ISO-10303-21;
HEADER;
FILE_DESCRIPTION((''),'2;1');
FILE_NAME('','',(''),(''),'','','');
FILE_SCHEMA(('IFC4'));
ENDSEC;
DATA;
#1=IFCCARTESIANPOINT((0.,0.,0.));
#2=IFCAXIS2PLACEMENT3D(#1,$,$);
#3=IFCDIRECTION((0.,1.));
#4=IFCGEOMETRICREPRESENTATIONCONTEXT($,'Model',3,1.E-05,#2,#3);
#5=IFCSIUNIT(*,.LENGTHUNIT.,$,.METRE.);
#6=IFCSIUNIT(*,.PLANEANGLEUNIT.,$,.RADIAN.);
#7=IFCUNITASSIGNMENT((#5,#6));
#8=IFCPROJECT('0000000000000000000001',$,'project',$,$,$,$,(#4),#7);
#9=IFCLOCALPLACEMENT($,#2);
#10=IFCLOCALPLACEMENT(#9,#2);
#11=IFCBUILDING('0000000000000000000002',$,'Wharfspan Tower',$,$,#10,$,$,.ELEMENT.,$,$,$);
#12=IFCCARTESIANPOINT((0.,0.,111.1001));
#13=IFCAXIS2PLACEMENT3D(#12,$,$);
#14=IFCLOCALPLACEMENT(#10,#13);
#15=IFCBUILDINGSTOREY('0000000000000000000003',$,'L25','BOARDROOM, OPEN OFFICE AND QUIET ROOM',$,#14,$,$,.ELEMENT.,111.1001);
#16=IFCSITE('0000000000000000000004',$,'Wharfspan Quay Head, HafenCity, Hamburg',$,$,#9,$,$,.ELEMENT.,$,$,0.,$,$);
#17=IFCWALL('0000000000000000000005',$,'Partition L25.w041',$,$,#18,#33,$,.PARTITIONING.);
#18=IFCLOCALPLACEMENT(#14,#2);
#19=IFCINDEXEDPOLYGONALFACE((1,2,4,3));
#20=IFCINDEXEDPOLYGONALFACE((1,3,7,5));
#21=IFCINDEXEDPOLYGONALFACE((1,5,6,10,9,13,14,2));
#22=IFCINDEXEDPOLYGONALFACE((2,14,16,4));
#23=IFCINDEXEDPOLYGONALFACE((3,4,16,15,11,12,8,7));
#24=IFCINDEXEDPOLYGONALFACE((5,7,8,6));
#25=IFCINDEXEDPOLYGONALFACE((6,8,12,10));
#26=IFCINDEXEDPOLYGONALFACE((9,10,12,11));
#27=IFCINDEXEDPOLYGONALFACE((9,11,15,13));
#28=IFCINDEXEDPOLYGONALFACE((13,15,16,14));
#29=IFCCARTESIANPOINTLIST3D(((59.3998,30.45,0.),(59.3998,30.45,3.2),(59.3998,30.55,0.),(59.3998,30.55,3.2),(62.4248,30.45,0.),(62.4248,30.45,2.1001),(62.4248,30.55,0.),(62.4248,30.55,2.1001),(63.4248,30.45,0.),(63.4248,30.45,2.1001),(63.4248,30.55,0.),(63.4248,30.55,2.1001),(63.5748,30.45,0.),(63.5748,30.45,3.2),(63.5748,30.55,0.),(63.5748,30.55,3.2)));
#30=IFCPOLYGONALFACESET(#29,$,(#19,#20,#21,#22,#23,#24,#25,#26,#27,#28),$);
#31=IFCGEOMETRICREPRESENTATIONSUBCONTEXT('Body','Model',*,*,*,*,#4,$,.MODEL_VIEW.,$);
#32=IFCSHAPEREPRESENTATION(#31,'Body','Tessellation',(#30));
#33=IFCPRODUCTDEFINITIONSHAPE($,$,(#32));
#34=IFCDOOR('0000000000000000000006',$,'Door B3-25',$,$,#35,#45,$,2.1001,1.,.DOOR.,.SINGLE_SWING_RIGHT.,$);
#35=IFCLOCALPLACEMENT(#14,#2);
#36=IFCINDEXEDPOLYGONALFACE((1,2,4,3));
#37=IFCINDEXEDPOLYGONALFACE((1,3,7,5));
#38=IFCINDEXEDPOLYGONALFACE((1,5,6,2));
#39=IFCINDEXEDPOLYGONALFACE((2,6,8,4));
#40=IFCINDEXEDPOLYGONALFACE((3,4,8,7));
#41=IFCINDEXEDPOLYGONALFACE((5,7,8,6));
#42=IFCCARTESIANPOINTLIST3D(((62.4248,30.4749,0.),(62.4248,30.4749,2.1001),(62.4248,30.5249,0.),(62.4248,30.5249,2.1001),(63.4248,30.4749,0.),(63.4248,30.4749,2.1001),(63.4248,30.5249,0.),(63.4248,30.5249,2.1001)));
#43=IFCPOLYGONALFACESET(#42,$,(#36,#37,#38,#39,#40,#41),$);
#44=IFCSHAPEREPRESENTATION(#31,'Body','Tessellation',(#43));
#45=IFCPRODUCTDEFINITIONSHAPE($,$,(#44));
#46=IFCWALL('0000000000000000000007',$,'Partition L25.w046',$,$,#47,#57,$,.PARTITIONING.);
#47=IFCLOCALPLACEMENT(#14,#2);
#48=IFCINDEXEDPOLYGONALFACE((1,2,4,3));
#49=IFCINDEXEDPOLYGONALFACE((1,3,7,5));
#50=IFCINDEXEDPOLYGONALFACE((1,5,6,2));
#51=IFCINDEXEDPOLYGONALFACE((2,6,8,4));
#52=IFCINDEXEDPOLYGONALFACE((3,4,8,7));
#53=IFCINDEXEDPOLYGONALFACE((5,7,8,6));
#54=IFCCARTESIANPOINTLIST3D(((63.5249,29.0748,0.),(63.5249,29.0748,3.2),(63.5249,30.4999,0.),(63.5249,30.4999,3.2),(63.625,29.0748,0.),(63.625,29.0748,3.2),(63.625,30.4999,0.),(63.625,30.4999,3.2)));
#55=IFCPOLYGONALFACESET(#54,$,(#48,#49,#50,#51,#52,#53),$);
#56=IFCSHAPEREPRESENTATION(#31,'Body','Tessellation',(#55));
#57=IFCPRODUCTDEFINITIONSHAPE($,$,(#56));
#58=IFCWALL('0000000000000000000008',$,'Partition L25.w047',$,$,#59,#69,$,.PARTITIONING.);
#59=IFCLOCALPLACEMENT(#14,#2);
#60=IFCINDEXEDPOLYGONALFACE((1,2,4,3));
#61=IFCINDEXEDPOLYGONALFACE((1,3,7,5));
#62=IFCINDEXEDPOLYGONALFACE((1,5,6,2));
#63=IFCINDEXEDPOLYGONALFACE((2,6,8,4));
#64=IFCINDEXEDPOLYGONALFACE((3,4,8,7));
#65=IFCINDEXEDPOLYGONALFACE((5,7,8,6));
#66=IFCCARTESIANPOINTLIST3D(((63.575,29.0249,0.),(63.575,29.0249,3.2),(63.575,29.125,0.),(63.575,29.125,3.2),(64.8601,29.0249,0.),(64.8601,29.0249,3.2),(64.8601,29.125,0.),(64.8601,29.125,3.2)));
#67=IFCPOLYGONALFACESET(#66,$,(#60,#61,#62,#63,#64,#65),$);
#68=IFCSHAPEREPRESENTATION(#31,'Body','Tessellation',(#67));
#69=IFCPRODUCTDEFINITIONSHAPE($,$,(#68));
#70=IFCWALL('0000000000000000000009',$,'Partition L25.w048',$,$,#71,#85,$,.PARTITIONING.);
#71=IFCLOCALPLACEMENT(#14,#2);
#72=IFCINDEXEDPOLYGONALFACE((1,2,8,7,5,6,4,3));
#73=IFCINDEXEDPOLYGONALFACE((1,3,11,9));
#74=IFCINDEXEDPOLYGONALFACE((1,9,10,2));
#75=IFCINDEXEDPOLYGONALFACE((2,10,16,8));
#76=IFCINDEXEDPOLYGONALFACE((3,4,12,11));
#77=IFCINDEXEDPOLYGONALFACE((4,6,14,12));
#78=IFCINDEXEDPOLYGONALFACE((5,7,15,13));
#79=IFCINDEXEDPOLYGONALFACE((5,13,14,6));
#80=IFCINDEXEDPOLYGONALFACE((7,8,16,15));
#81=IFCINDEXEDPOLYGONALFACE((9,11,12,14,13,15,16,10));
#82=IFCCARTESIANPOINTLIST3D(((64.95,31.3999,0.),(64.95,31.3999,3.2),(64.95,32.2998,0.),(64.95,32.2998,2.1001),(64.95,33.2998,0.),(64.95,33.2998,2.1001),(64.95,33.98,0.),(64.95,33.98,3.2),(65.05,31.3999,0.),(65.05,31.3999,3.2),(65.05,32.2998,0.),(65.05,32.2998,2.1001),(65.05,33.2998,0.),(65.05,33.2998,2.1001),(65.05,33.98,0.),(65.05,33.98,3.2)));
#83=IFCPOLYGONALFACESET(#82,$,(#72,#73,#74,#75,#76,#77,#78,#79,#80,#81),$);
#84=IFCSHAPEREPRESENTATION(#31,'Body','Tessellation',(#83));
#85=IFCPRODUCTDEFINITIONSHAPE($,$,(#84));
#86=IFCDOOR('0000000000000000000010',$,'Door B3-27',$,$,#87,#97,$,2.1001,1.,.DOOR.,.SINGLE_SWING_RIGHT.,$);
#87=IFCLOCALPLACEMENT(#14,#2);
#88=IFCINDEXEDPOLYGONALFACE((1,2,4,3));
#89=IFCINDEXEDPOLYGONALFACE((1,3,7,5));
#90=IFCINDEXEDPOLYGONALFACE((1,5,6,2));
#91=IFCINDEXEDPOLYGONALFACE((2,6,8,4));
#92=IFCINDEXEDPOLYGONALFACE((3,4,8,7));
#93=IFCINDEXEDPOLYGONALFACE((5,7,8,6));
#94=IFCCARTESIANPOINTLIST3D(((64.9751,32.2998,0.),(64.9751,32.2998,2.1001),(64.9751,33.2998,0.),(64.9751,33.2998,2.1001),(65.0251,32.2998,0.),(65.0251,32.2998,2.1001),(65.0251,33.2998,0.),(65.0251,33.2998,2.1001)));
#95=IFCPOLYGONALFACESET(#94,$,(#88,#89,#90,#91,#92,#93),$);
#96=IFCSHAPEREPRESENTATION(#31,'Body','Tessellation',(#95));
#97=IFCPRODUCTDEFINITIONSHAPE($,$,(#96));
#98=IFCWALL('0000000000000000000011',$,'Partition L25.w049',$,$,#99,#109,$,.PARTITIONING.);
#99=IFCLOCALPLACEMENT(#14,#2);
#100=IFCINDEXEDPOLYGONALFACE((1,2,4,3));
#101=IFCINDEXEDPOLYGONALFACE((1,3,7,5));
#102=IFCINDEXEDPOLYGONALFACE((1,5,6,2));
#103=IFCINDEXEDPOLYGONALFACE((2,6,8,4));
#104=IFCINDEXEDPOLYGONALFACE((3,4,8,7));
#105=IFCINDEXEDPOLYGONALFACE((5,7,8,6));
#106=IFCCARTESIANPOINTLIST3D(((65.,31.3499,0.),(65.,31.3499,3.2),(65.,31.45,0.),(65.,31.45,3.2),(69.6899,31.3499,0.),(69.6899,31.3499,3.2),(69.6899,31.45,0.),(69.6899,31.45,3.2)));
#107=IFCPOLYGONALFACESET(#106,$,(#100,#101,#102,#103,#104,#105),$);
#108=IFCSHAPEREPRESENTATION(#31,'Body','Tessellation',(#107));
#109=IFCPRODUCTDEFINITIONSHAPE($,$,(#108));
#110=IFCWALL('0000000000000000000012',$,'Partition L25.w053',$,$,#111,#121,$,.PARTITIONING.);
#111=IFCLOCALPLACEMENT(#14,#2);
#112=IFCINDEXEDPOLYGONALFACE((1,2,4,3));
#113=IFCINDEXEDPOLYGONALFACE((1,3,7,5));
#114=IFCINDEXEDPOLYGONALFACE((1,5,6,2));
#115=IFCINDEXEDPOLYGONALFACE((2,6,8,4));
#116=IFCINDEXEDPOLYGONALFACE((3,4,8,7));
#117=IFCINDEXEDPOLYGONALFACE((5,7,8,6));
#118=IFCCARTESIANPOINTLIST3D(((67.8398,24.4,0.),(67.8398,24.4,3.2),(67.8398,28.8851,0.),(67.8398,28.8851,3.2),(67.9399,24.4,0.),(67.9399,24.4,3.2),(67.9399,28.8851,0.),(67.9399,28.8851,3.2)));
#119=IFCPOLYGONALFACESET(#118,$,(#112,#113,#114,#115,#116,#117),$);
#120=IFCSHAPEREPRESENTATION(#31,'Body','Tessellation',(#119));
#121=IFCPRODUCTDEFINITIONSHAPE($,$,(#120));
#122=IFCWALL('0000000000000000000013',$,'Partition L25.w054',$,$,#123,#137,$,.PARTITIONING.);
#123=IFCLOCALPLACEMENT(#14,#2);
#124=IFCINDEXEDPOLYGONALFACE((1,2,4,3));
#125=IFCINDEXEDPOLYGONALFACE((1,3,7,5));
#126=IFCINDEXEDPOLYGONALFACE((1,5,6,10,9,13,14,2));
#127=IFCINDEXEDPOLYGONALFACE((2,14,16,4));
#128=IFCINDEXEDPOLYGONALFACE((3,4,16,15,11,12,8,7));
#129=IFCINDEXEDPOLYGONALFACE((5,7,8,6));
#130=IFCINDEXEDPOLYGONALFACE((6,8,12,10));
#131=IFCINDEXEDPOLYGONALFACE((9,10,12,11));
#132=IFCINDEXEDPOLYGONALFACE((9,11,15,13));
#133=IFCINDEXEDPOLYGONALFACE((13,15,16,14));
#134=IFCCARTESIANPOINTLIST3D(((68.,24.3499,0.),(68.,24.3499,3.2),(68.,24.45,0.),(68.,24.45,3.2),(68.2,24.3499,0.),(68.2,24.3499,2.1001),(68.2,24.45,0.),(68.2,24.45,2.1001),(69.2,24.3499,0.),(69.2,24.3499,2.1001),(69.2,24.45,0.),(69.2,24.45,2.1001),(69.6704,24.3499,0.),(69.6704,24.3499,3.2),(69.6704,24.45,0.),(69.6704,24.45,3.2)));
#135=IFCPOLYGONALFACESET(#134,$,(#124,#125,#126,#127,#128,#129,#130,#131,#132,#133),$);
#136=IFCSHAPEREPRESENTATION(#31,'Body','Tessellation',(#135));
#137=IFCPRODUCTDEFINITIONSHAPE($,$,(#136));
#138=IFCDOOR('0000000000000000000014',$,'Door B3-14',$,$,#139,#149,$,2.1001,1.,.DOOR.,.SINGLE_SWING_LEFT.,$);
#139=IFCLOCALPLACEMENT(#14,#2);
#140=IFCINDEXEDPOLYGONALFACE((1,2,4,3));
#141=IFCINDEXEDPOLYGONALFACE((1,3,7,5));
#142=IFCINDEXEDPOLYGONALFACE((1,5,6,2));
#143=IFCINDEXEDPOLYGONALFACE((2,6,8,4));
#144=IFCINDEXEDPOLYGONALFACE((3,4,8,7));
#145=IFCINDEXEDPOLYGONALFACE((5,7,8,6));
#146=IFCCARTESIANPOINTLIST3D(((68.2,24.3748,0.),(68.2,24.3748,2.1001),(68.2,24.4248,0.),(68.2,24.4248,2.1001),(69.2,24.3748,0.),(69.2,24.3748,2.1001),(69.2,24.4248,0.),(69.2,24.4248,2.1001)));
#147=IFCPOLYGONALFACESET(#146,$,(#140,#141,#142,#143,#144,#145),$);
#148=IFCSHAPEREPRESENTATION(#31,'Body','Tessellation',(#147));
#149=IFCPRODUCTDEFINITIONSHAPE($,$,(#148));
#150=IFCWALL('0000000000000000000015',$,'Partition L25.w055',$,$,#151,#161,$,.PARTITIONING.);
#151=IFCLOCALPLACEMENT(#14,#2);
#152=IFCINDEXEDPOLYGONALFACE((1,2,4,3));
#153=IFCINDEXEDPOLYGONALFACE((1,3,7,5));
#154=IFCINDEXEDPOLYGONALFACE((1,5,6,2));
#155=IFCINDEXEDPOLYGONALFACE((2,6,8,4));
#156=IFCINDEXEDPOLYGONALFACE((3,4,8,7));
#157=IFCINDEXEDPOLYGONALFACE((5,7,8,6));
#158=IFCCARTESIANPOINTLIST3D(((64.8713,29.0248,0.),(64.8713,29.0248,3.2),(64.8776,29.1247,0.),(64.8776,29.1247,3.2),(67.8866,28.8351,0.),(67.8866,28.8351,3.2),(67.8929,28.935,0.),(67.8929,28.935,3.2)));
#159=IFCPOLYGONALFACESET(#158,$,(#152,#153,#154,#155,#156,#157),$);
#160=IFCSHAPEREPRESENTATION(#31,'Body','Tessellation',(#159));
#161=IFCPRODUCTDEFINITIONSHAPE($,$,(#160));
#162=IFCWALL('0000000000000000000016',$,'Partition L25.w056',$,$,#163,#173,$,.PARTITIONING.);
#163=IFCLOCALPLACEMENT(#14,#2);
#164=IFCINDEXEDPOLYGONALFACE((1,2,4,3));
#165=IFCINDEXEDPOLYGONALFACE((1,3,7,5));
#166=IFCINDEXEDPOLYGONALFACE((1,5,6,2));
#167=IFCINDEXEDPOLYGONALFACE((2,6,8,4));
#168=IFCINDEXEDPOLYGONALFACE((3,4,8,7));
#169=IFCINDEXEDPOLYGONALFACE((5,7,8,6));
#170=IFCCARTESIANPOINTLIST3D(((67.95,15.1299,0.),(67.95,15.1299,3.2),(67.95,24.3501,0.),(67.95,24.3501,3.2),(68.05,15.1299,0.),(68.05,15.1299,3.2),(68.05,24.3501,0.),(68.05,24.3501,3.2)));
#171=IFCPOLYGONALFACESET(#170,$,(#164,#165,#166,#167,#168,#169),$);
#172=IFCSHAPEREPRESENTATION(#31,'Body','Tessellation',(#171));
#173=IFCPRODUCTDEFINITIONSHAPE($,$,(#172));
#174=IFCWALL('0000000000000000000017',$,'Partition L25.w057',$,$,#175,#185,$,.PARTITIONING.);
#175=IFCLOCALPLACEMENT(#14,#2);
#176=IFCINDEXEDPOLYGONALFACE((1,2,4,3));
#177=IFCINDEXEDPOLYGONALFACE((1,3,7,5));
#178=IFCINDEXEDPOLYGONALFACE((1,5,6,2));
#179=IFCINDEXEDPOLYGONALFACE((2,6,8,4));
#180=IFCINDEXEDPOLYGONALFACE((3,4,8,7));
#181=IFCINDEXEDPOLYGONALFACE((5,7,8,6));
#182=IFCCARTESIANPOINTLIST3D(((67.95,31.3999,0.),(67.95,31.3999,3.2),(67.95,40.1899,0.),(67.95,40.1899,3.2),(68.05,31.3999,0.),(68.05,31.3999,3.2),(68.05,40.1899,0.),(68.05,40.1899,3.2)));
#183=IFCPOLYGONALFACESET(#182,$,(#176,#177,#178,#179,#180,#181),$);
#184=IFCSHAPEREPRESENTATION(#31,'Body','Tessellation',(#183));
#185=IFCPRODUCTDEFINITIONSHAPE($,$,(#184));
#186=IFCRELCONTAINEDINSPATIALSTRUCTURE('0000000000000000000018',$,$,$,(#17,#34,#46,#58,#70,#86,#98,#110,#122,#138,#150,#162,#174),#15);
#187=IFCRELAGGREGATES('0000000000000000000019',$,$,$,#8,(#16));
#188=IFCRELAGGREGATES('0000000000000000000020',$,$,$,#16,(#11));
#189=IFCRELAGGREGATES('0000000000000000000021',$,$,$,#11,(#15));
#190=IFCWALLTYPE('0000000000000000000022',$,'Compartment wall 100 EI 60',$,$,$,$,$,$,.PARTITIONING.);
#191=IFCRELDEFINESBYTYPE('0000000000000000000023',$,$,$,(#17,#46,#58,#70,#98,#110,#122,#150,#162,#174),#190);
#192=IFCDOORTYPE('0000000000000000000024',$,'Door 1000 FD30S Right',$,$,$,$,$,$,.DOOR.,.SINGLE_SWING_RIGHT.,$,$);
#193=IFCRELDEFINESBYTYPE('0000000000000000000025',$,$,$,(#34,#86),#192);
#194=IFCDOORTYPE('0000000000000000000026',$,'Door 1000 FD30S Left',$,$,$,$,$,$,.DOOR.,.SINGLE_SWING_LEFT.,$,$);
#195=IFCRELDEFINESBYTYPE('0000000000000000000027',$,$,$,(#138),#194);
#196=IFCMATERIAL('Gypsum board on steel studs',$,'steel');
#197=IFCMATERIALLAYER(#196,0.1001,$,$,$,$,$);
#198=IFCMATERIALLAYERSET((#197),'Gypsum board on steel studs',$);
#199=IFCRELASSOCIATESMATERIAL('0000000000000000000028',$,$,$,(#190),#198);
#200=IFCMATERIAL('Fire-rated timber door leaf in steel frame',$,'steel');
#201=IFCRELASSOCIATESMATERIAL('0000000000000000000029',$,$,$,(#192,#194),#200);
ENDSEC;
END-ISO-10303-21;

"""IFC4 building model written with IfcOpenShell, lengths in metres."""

from ifc_helpers import new_model, si_unit, direction, frame, frame_2d, origin, place, context, subcontext, project, spatial, rectangle, extrude, material, layer, layer_set, type_object, element, fill, save


model = new_model("IFC4")

# Units and contexts
model_context = context("Model", 3, precision=1e-05, world=origin(), true_north=direction((0.0, 1.0)))
body_context = subcontext(model_context, "Body", "Model", "MODEL_VIEW")
ifc_project = project(units=[si_unit("LENGTHUNIT", "METRE"), si_unit("PLANEANGLEUNIT", "RADIAN")], contexts=[model_context])

# Site, building, storey
site_placement = place(None, origin())
site = spatial("IfcSite", under=ifc_project, at=site_placement, Name="Wharfspan Quay Head, HafenCity, Hamburg", CompositionType="ELEMENT", RefElevation=0.0)
building_placement = place(site_placement, origin())
building = spatial("IfcBuilding", under=site, at=building_placement, Name="Wharfspan Tower", CompositionType="ELEMENT")
storey_placement = place(building_placement, frame((0.0, 0.0, 111.1001)))
storey = spatial("IfcBuildingStorey", under=building, at=storey_placement, Name="L25", Description="BOARDROOM, OPEN OFFICE AND QUIET ROOM", CompositionType="ELEMENT", Elevation=111.1001)

# Shared definitions
ifc_material_1 = material(Name="Gypsum board on steel studs", Category="steel")
ifc_layer_1 = layer(ifc_material_1, 0.1001)
ifc_layer_set_1 = layer_set([ifc_layer_1], Name="Gypsum board on steel studs")
wall_type_1 = type_object("IfcWallType", Name="Compartment wall 100 EI 60", PredefinedType="PARTITIONING", material=ifc_layer_set_1)

# Wall, opening, door
wall_1_placement = place(storey_placement, frame((59.3999, 30.5, 0.0), z_axis=(0.0, 0.0, 1.0), x_axis=(1.0, 0.0, 0.0)))
wall_1 = element("IfcWall", 1, at=wall_1_placement, inside=storey, type_object=wall_type_1, Name="Partition L25.w041", PredefinedType="PARTITIONING", context=body_context, shape_type="SweptSolid", body=[
    extrude(rectangle(XDim=4.175, YDim=0.1001, at=frame_2d((2.0874, 0.0))), origin(), (0.0, 0.0, 1.0), 3.2),
])
opening_1_placement = place(wall_1_placement, frame((3.0249, 0.0, 0.0)))
opening_1 = element("IfcOpeningElement", 2, at=opening_1_placement, cuts=wall_1, PredefinedType="OPENING", context=body_context, shape_type="SweptSolid", body=[
    extrude(rectangle(XDim=1.0, YDim=2.1001, at=frame_2d((0.5, 1.05))), frame((0.0, 0.0601, 0.0), z_axis=(0.0, -1.0, 0.0), x_axis=(1.0, 0.0, 0.0)), (0.0, 0.0, 1.0), 0.1201),
])
ifc_material_2 = material(Name="Fire-rated timber door leaf in steel frame", Category="steel")
door_type_1 = type_object("IfcDoorType", Name="Door 1000 FD30S Right", OperationType="SINGLE_SWING_RIGHT", PredefinedType="DOOR", material=ifc_material_2)
door_1_placement = place(opening_1_placement, origin())
door_1 = element("IfcDoor", 3, at=door_1_placement, inside=storey, type_object=door_type_1, Name="Door B3-25", OperationType="SINGLE_SWING_RIGHT", OverallHeight=2.1001, OverallWidth=1.0, PredefinedType="DOOR", context=body_context, shape_type="SweptSolid", body=[
    extrude(rectangle(XDim=1.0, YDim=2.1001, at=frame_2d((0.5, 1.05))), frame((0.0, 0.0249, 0.0), z_axis=(0.0, -1.0, 0.0), x_axis=(1.0, 0.0, 0.0)), (0.0, 0.0, 1.0), 0.05),
])
fill(opening_1, door_1)

# Walls
wall_2_placement = place(storey_placement, frame((63.575, 29.075, 0.0), z_axis=(0.0, 0.0, 1.0), x_axis=(0.0, 1.0, 0.0)))
element("IfcWall", 4, at=wall_2_placement, inside=storey, type_object=wall_type_1, Name="Partition L25.w046", PredefinedType="PARTITIONING", context=body_context, shape_type="SweptSolid", body=[
    extrude(rectangle(XDim=1.425, YDim=0.1001, at=frame_2d((0.7124, 0.0))), origin(), (0.0, 0.0, 1.0), 3.2),
])
wall_3_placement = place(storey_placement, frame((63.575, 29.075, 0.0), z_axis=(0.0, 0.0, 1.0), x_axis=(1.0, 0.0, 0.0)))
element("IfcWall", 5, at=wall_3_placement, inside=storey, type_object=wall_type_1, Name="Partition L25.w047", PredefinedType="PARTITIONING", context=body_context, shape_type="SweptSolid", body=[
    extrude(rectangle(XDim=1.2852, YDim=0.1001, at=frame_2d((0.6426, 0.0))), origin(), (0.0, 0.0, 1.0), 3.2),
])

# Wall, opening, door
wall_4_placement = place(storey_placement, frame((65.0, 31.3999, 0.0), z_axis=(0.0, 0.0, 1.0), x_axis=(0.0, 1.0, 0.0)))
wall_4 = element("IfcWall", 6, at=wall_4_placement, inside=storey, type_object=wall_type_1, Name="Partition L25.w048", PredefinedType="PARTITIONING", context=body_context, shape_type="SweptSolid", body=[
    extrude(rectangle(XDim=2.5801, YDim=0.1001, at=frame_2d((1.29, 0.0))), origin(), (0.0, 0.0, 1.0), 3.2),
])
opening_2_placement = place(wall_4_placement, frame((0.8999, 0.0, 0.0)))
opening_2 = element("IfcOpeningElement", 7, at=opening_2_placement, cuts=wall_4, PredefinedType="OPENING", context=body_context, shape_type="SweptSolid", body=[
    extrude(rectangle(XDim=1.0, YDim=2.1001, at=frame_2d((0.5, 1.05))), frame((0.0, 0.0601, 0.0), z_axis=(0.0, -1.0, 0.0), x_axis=(1.0, 0.0, 0.0)), (0.0, 0.0, 1.0), 0.1201),
])
door_2_placement = place(opening_2_placement, origin())
door_2 = element("IfcDoor", 8, at=door_2_placement, inside=storey, type_object=door_type_1, Name="Door B3-27", OperationType="SINGLE_SWING_RIGHT", OverallHeight=2.1001, OverallWidth=1.0, PredefinedType="DOOR", context=body_context, shape_type="SweptSolid", body=[
    extrude(rectangle(XDim=1.0, YDim=2.1001, at=frame_2d((0.5, 1.05))), frame((0.0, 0.0249, 0.0), z_axis=(0.0, -1.0, 0.0), x_axis=(1.0, 0.0, 0.0)), (0.0, 0.0, 1.0), 0.05),
])
fill(opening_2, door_2)

# Walls
wall_5_placement = place(storey_placement, frame((65.0, 31.3999, 0.0), z_axis=(0.0, 0.0, 1.0), x_axis=(1.0, 0.0, 0.0)))
element("IfcWall", 9, at=wall_5_placement, inside=storey, type_object=wall_type_1, Name="Partition L25.w049", PredefinedType="PARTITIONING", context=body_context, shape_type="SweptSolid", body=[
    extrude(rectangle(XDim=4.6899, YDim=0.1001, at=frame_2d((2.345, 0.0))), origin(), (0.0, 0.0, 1.0), 3.2),
])
wall_6_placement = place(storey_placement, frame((67.8899, 24.3999, 0.0), z_axis=(0.0, 0.0, 1.0), x_axis=(0.0, 1.0, 0.0)))
element("IfcWall", 10, at=wall_6_placement, inside=storey, type_object=wall_type_1, Name="Partition L25.w053", PredefinedType="PARTITIONING", context=body_context, shape_type="SweptSolid", body=[
    extrude(rectangle(XDim=4.4851, YDim=0.1001, at=frame_2d((2.2427, 0.0))), origin(), (0.0, 0.0, 1.0), 3.2),
])

# Wall, opening, door
wall_7_placement = place(storey_placement, frame((68.0, 24.3999, 0.0), z_axis=(0.0, 0.0, 1.0), x_axis=(1.0, 0.0, 0.0)))
wall_7 = element("IfcWall", 11, at=wall_7_placement, inside=storey, type_object=wall_type_1, Name="Partition L25.w054", PredefinedType="PARTITIONING", context=body_context, shape_type="SweptSolid", body=[
    extrude(rectangle(XDim=1.6704, YDim=0.1001, at=frame_2d((0.8352, 0.0))), origin(), (0.0, 0.0, 1.0), 3.2),
])
opening_3_placement = place(wall_7_placement, frame((0.2, 0.0, 0.0)))
opening_3 = element("IfcOpeningElement", 12, at=opening_3_placement, cuts=wall_7, PredefinedType="OPENING", context=body_context, shape_type="SweptSolid", body=[
    extrude(rectangle(XDim=1.0, YDim=2.1001, at=frame_2d((0.5, 1.05))), frame((0.0, 0.0601, 0.0), z_axis=(0.0, -1.0, 0.0), x_axis=(1.0, 0.0, 0.0)), (0.0, 0.0, 1.0), 0.1201),
])
door_type_2 = type_object("IfcDoorType", Name="Door 1000 FD30S Left", OperationType="SINGLE_SWING_LEFT", PredefinedType="DOOR", material=ifc_material_2)
door_3_placement = place(opening_3_placement, origin())
door_3 = element("IfcDoor", 13, at=door_3_placement, inside=storey, type_object=door_type_2, Name="Door B3-14", OperationType="SINGLE_SWING_LEFT", OverallHeight=2.1001, OverallWidth=1.0, PredefinedType="DOOR", context=body_context, shape_type="SweptSolid", body=[
    extrude(rectangle(XDim=1.0, YDim=2.1001, at=frame_2d((0.5, 1.05))), frame((0.0, 0.0249, 0.0), z_axis=(0.0, -1.0, 0.0), x_axis=(1.0, 0.0, 0.0)), (0.0, 0.0, 1.0), 0.05),
])
fill(opening_3, door_3)

# Walls
wall_8_placement = place(storey_placement, frame((67.8899, 28.885, 0.0), z_axis=(0.0, 0.0, 1.0), x_axis=(-0.998031, 0.062786, 0.0)))
element("IfcWall", 14, at=wall_8_placement, inside=storey, type_object=wall_type_1, Name="Partition L25.w055", PredefinedType="PARTITIONING", context=body_context, shape_type="SweptSolid", body=[
    extrude(rectangle(XDim=3.0212, YDim=0.1001, at=frame_2d((1.5107, 0.0))), origin(), (0.0, 0.0, 1.0), 3.2),
])
wall_9_placement = place(storey_placement, frame((68.0, 15.1299, 0.0), z_axis=(0.0, 0.0, 1.0), x_axis=(0.0, 1.0, 0.0)))
element("IfcWall", 15, at=wall_9_placement, inside=storey, type_object=wall_type_1, Name="Partition L25.w056", PredefinedType="PARTITIONING", context=body_context, shape_type="SweptSolid", body=[
    extrude(rectangle(XDim=9.2202, YDim=0.1001, at=frame_2d((4.6101, 0.0))), origin(), (0.0, 0.0, 1.0), 3.2),
])
wall_10_placement = place(storey_placement, frame((68.0, 31.3999, 0.0), z_axis=(0.0, 0.0, 1.0), x_axis=(0.0, 1.0, 0.0)))
element("IfcWall", 16, at=wall_10_placement, inside=storey, type_object=wall_type_1, Name="Partition L25.w057", PredefinedType="PARTITIONING", context=body_context, shape_type="SweptSolid", body=[
    extrude(rectangle(XDim=8.79, YDim=0.1001, at=frame_2d((4.395, 0.0))), origin(), (0.0, 0.0, 1.0), 3.2),
])

save(model, "model.ifc")
